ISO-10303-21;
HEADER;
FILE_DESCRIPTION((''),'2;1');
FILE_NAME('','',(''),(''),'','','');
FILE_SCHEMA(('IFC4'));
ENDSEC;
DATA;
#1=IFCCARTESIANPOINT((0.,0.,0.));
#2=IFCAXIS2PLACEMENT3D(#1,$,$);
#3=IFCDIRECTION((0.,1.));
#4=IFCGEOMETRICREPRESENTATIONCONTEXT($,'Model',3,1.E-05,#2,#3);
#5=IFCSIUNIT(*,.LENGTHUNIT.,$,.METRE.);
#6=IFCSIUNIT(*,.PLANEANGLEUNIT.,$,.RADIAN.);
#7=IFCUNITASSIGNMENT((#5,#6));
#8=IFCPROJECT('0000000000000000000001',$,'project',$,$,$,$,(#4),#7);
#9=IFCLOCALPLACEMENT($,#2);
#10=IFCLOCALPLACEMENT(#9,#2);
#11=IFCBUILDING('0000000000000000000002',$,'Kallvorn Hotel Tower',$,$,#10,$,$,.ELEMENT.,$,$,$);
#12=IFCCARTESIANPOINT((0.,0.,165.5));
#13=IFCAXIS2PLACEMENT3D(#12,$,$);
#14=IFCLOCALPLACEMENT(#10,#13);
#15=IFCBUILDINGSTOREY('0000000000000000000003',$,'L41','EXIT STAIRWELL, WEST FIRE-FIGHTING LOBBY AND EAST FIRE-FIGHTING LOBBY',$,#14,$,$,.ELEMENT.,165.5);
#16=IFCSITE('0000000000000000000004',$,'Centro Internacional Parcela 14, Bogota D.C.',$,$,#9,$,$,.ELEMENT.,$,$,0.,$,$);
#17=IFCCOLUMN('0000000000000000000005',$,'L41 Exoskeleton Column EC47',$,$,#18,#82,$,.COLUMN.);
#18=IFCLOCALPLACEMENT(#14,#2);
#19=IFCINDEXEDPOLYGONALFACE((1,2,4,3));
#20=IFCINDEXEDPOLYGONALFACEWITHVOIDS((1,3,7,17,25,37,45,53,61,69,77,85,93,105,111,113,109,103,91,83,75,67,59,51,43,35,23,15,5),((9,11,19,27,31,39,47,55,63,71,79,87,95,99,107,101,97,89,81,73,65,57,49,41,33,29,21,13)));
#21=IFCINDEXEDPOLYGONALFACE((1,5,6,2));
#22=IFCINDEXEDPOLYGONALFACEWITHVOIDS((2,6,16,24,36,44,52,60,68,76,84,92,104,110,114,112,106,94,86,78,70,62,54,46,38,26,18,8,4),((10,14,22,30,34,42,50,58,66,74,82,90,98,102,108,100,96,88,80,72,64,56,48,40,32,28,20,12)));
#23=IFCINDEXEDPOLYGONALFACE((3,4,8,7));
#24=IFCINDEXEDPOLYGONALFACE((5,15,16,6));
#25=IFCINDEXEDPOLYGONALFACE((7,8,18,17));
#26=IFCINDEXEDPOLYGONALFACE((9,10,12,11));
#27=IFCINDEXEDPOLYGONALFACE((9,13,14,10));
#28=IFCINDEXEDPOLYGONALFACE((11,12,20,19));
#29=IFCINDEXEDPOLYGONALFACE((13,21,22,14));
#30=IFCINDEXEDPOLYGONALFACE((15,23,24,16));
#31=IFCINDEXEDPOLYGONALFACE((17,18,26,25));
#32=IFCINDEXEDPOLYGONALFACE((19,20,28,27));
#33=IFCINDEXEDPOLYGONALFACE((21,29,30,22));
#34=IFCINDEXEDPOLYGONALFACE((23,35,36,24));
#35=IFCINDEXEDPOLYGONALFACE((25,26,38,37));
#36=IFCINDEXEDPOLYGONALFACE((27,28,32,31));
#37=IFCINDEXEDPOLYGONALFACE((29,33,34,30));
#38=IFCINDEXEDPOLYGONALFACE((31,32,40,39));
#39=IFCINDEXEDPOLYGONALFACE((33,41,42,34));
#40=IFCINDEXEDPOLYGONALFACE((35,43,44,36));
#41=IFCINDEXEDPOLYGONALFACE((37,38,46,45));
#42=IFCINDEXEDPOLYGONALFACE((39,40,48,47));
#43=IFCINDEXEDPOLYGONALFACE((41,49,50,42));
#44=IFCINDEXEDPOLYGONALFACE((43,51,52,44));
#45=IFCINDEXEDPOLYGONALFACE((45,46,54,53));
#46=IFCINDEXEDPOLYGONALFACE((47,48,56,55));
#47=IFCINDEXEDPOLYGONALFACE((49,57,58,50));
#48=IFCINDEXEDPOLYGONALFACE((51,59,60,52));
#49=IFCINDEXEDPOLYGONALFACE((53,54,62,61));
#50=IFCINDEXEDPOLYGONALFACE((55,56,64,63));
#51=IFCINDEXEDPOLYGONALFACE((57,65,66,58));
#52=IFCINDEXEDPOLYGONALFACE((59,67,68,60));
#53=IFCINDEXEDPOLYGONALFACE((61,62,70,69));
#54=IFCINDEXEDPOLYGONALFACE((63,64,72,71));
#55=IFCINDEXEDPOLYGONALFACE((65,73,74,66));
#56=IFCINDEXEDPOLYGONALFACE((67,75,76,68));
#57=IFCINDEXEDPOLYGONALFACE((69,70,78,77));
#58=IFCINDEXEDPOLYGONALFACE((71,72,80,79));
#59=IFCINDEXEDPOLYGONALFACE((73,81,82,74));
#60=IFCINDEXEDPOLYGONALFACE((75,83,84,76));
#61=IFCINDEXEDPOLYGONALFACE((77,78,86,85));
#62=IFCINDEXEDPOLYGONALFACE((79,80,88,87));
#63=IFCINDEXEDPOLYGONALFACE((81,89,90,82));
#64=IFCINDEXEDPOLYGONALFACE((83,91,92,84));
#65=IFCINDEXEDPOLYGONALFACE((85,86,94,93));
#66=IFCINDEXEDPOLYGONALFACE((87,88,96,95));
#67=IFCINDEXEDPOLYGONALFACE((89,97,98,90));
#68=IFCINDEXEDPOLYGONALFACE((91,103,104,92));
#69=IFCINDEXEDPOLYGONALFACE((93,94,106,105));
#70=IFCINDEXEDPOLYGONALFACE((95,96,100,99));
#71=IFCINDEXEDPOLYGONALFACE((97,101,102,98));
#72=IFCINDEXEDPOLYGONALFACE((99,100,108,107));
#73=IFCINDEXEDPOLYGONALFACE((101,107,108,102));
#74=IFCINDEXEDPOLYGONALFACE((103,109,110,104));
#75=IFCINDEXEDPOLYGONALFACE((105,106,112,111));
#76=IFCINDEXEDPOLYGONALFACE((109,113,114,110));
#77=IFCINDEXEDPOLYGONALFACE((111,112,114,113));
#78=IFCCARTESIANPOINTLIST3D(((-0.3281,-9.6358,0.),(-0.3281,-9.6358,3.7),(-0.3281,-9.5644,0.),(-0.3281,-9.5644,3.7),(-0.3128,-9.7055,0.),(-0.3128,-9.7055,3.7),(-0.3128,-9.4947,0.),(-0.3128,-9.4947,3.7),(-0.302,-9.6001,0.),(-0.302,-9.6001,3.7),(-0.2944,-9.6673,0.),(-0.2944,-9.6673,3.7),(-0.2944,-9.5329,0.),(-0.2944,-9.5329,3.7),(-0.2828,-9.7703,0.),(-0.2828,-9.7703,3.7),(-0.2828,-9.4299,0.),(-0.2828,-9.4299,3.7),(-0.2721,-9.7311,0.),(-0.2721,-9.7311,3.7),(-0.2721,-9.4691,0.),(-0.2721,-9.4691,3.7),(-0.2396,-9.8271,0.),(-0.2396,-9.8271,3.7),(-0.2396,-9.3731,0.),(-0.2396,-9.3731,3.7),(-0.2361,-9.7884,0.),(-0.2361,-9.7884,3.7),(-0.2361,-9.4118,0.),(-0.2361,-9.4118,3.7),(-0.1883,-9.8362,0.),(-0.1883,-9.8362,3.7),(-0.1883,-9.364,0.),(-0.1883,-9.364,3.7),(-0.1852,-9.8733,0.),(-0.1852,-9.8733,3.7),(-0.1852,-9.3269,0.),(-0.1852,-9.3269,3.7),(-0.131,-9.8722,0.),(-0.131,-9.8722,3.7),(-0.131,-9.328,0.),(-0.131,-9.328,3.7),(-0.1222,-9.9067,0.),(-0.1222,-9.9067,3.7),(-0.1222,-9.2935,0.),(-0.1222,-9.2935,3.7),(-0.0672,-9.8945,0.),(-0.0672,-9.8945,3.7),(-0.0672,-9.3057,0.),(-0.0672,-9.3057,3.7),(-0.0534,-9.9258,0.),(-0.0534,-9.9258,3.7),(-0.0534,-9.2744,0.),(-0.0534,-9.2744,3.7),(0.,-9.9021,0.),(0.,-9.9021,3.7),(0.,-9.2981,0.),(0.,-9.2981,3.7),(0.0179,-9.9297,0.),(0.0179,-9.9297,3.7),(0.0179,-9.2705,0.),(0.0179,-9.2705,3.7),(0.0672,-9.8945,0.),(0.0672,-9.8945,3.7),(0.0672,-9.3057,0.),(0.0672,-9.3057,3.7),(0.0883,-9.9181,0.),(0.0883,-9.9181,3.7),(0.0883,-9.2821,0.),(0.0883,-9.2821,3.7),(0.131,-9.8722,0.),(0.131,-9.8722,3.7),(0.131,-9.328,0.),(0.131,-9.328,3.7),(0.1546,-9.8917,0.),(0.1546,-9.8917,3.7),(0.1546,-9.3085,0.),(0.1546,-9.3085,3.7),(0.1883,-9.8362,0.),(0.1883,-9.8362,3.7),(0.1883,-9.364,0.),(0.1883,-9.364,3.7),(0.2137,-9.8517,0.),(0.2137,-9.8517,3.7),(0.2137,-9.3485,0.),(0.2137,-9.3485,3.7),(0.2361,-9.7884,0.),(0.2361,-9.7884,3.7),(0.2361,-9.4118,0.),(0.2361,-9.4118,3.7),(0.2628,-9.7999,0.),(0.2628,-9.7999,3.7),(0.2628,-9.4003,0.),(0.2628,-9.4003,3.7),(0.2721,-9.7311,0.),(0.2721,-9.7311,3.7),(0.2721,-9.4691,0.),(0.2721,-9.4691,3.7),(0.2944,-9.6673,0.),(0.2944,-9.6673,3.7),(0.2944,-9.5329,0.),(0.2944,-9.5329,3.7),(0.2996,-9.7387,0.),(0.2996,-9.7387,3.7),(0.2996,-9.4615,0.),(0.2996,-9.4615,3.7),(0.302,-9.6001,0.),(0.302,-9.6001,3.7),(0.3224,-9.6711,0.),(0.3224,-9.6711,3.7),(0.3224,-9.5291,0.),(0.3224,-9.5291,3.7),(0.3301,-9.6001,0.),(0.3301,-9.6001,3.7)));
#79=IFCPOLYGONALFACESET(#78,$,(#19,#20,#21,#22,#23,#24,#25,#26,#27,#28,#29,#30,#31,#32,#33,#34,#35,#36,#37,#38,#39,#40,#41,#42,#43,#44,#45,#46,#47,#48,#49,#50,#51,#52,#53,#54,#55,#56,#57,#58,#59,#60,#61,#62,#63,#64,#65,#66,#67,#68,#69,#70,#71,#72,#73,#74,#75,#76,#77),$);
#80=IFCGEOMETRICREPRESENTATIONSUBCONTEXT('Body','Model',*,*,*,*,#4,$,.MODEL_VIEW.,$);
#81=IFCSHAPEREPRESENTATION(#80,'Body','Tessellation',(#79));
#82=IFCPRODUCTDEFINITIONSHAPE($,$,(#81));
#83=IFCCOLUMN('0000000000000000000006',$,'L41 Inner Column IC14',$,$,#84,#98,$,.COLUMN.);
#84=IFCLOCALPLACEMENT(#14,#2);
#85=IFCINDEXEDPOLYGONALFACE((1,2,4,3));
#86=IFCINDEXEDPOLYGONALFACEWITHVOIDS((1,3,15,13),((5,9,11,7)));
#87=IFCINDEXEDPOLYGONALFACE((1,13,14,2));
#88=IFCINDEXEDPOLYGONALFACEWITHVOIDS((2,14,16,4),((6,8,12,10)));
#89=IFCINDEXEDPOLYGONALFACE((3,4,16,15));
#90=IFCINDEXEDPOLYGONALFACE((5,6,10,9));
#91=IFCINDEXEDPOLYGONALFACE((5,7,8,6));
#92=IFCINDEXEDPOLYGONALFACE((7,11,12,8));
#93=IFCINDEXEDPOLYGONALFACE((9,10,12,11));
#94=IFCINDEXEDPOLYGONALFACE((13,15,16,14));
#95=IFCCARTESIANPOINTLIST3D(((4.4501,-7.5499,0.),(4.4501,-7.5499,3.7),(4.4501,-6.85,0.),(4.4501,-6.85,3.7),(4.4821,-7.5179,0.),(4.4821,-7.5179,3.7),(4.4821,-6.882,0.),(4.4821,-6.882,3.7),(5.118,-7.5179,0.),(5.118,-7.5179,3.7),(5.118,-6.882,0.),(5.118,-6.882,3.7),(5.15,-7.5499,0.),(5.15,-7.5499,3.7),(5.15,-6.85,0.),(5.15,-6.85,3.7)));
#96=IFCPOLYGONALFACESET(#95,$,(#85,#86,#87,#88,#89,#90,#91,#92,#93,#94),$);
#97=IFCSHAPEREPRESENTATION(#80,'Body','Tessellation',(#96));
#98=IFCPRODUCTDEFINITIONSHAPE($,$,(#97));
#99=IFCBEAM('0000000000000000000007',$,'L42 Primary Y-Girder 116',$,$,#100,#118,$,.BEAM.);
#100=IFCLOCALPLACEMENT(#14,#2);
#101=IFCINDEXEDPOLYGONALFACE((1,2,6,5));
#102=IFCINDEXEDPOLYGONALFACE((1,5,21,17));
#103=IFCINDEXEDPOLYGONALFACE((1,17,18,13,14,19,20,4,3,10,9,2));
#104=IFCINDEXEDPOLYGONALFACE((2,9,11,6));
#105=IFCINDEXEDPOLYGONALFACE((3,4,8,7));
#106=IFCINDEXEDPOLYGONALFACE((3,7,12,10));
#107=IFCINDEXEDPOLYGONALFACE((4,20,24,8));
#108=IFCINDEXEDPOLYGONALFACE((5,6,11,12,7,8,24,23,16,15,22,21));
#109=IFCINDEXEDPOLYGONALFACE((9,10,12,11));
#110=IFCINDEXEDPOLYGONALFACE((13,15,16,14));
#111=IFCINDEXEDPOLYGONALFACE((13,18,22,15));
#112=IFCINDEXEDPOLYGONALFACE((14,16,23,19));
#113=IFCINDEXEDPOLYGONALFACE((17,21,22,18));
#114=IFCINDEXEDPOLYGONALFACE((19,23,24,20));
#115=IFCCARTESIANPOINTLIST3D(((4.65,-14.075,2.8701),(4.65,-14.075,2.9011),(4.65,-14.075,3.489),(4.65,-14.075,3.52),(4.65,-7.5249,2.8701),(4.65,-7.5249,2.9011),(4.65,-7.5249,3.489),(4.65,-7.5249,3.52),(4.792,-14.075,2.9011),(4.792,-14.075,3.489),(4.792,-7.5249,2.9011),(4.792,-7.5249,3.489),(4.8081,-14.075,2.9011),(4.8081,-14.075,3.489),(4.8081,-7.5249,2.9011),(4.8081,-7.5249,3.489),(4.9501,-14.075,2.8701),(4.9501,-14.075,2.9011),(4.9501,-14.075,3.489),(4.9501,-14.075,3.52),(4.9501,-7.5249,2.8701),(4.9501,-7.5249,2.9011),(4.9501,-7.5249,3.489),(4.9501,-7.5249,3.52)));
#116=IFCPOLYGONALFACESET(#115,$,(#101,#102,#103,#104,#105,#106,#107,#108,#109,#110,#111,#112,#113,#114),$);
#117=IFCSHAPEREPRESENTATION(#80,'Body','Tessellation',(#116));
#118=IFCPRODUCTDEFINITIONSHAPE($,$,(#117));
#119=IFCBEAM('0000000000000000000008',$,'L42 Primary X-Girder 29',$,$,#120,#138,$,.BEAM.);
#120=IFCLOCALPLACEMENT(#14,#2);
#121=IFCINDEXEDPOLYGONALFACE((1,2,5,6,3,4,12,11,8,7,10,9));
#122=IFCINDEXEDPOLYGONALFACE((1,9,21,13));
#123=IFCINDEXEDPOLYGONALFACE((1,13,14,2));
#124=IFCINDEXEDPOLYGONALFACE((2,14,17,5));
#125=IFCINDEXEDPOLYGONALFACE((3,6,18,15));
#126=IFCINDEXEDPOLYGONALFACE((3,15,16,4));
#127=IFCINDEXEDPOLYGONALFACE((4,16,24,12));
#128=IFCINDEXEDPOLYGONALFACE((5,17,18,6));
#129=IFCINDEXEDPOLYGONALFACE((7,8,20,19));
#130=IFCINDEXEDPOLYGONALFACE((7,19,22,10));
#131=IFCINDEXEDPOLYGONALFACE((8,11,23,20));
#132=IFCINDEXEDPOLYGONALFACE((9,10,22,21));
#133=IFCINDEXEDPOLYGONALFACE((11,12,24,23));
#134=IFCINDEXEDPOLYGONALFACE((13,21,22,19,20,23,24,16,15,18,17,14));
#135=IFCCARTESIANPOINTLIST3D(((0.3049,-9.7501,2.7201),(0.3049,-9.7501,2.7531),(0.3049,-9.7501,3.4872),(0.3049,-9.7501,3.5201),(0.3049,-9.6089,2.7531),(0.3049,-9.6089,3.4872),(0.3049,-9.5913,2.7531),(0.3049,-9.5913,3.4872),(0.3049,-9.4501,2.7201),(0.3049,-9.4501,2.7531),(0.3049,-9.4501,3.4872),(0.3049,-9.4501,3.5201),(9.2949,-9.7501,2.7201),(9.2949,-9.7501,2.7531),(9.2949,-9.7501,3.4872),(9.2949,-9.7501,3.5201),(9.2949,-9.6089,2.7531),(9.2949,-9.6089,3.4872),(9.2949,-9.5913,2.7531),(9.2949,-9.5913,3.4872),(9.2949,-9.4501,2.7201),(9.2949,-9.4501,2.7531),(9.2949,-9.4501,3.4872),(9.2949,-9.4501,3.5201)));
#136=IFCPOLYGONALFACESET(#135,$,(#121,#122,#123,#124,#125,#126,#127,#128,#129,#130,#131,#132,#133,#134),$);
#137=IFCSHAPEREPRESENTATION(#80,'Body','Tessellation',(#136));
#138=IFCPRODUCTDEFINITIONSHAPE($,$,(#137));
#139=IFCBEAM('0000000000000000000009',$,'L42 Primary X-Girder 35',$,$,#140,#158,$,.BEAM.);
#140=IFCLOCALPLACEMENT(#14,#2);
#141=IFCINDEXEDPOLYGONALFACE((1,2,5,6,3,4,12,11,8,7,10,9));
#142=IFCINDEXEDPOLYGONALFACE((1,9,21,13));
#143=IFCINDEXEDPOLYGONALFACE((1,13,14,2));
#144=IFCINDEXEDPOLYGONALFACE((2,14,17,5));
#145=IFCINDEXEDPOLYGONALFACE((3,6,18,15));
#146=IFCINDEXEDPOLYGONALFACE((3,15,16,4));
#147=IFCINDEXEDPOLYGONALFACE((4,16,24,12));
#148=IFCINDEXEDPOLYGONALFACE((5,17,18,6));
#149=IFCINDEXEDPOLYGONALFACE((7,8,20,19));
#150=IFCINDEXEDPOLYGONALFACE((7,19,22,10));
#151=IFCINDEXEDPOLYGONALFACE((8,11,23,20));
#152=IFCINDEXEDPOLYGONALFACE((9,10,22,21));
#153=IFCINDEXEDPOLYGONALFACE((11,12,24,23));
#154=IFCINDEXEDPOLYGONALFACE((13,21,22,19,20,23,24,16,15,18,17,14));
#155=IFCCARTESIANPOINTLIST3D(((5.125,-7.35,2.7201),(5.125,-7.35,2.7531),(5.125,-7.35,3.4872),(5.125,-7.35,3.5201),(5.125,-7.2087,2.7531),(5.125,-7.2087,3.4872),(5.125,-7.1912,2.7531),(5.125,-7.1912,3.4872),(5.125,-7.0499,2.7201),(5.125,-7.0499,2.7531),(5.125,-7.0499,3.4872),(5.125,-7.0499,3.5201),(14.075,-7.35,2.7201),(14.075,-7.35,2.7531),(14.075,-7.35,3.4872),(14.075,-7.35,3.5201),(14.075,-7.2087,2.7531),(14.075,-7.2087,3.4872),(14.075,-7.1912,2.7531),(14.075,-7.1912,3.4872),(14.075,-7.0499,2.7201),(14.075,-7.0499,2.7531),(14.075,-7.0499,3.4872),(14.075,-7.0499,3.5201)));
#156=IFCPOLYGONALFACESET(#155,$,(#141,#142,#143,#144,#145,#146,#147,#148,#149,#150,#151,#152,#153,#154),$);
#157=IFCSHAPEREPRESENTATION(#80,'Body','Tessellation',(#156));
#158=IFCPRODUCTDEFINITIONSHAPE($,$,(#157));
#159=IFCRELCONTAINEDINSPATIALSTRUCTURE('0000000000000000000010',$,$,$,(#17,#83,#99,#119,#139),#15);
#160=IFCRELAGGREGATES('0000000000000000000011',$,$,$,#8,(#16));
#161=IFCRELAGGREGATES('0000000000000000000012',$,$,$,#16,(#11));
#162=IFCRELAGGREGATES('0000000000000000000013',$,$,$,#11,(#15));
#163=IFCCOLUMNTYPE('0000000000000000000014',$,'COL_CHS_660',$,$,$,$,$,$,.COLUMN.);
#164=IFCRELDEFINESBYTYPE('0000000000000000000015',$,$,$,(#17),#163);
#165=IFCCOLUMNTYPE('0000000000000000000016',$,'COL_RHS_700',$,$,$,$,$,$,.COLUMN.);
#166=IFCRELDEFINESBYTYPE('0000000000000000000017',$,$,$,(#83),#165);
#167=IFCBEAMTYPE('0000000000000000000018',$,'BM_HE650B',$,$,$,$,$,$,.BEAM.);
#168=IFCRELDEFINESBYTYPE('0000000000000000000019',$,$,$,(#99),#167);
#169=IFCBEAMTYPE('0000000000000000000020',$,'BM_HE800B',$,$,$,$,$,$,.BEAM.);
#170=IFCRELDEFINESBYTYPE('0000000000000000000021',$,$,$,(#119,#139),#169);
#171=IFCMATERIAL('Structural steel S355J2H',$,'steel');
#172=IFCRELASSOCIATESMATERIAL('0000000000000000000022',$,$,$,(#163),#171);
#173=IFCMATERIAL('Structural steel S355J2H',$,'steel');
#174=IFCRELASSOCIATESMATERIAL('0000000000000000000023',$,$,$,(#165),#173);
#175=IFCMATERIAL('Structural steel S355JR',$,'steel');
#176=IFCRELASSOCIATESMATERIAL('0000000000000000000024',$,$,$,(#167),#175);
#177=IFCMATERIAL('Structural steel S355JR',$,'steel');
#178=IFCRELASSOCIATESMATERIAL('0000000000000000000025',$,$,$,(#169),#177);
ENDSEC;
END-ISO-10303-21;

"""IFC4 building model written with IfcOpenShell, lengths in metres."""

from ifc_helpers import new_model, si_unit, direction, frame, origin, origin_2d, place, context, subcontext, project, spatial, hollow_rectangle, hollow_circle, i_section, extrude, material, material_profile, profile_set, type_object, element, save


model = new_model("IFC4")

# Units and contexts
model_context = context("Model", 3, precision=1e-05, world=origin(), true_north=direction((0.0, 1.0)))
body_context = subcontext(model_context, "Body", "Model", "MODEL_VIEW")
ifc_project = project(units=[si_unit("LENGTHUNIT", "METRE"), si_unit("PLANEANGLEUNIT", "RADIAN")], contexts=[model_context])

# Site, building, storey
site_placement = place(None, origin())
site = spatial("IfcSite", under=ifc_project, at=site_placement, Name="Centro Internacional Parcela 14, Bogota D.C.", CompositionType="ELEMENT", RefElevation=0.0)
building_placement = place(site_placement, origin())
building = spatial("IfcBuilding", under=site, at=building_placement, Name="Kallvorn Hotel Tower", CompositionType="ELEMENT")
storey_placement = place(building_placement, frame((0.0, 0.0, 165.5)))
storey = spatial("IfcBuildingStorey", under=building, at=storey_placement, Name="L41", Description="EXIT STAIRWELL, WEST FIRE-FIGHTING LOBBY AND EAST FIRE-FIGHTING LOBBY", CompositionType="ELEMENT", Elevation=165.5)

# Columns
ifc_material_1 = material(Name="Structural steel S355J2H", Category="steel")
ifc_material_profile_1 = material_profile(ifc_material_1, hollow_circle(Radius=0.3301, WallThickness=0.0281, at=origin_2d()), Name="CHS 660x28")
ifc_profile_set_1 = profile_set([ifc_material_profile_1], Name="Structural steel S355J2H")
column_type_1 = type_object("IfcColumnType", Name="COL_CHS_660", PredefinedType="COLUMN", material=ifc_profile_set_1)
column_1_placement = place(storey_placement, frame((0.0, -9.6001, 0.0), z_axis=(0.0, 0.0, 1.0), x_axis=(1.0, 0.0, 0.0)))
element("IfcColumn", 1, at=column_1_placement, inside=storey, type_object=column_type_1, Name="L41 Exoskeleton Column EC47", PredefinedType="COLUMN", context=body_context, shape_type="SweptSolid", body=[
    extrude(hollow_circle(Radius=0.3301, WallThickness=0.0281, at=origin_2d()), origin(), (0.0, 0.0, 1.0), 3.7),
])
ifc_material_2 = material(Name="Structural steel S355J2H", Category="steel")
ifc_material_profile_2 = material_profile(ifc_material_2, hollow_rectangle(XDim=0.7, YDim=0.7, WallThickness=0.032, at=origin_2d()), Name="RHS 700x700x32")
ifc_profile_set_2 = profile_set([ifc_material_profile_2], Name="Structural steel S355J2H")
column_type_2 = type_object("IfcColumnType", Name="COL_RHS_700", PredefinedType="COLUMN", material=ifc_profile_set_2)
column_2_placement = place(storey_placement, frame((4.8, -7.2, 0.0), z_axis=(0.0, 0.0, 1.0), x_axis=(1.0, 0.0, 0.0)))
element("IfcColumn", 2, at=column_2_placement, inside=storey, type_object=column_type_2, Name="L41 Inner Column IC14", PredefinedType="COLUMN", context=body_context, shape_type="SweptSolid", body=[
    extrude(hollow_rectangle(XDim=0.7, YDim=0.7, WallThickness=0.032, at=origin_2d()), origin(), (0.0, 0.0, 1.0), 3.7),
])

# Beams
ifc_material_3 = material(Name="Structural steel S355JR", Category="steel")
ifc_material_profile_3 = material_profile(ifc_material_3, i_section(OverallWidth=0.3, OverallDepth=0.6499, WebThickness=0.0161, FlangeThickness=0.031, at=origin_2d()), Name="HE 650 B")
ifc_profile_set_3 = profile_set([ifc_material_profile_3], Name="Structural steel S355JR")
beam_type_1 = type_object("IfcBeamType", Name="BM_HE650B", PredefinedType="BEAM", material=ifc_profile_set_3)
beam_1_placement = place(storey_placement, frame((4.8, -14.075, 3.1951), z_axis=(0.0, 1.0, 0.0), x_axis=(-1.0, 0.0, 0.0)))
element("IfcBeam", 3, at=beam_1_placement, inside=storey, type_object=beam_type_1, Name="L42 Primary Y-Girder 116", PredefinedType="BEAM", context=body_context, shape_type="SweptSolid", body=[
    extrude(i_section(OverallWidth=0.3, OverallDepth=0.6499, WebThickness=0.0161, FlangeThickness=0.031, at=origin_2d()), origin(), (0.0, 0.0, 1.0), 6.55),
])
ifc_material_4 = material(Name="Structural steel S355JR", Category="steel")
ifc_material_profile_4 = material_profile(ifc_material_4, i_section(OverallWidth=0.3, OverallDepth=0.8, WebThickness=0.0176, FlangeThickness=0.033, at=origin_2d()), Name="HE 800 B")
ifc_profile_set_4 = profile_set([ifc_material_profile_4], Name="Structural steel S355JR")
beam_type_2 = type_object("IfcBeamType", Name="BM_HE800B", PredefinedType="BEAM", material=ifc_profile_set_4)
beam_2_placement = place(storey_placement, frame((0.3049, -9.6001, 3.1201), z_axis=(1.0, 0.0, 0.0), x_axis=(0.0, 1.0, 0.0)))
element("IfcBeam", 4, at=beam_2_placement, inside=storey, type_object=beam_type_2, Name="L42 Primary X-Girder 29", PredefinedType="BEAM", context=body_context, shape_type="SweptSolid", body=[
    extrude(i_section(OverallWidth=0.3, OverallDepth=0.8, WebThickness=0.0176, FlangeThickness=0.033, at=origin_2d()), origin(), (0.0, 0.0, 1.0), 8.99),
])
beam_3_placement = place(storey_placement, frame((5.125, -7.2, 3.1201), z_axis=(1.0, 0.0, 0.0), x_axis=(0.0, 1.0, 0.0)))
element("IfcBeam", 5, at=beam_3_placement, inside=storey, type_object=beam_type_2, Name="L42 Primary X-Girder 35", PredefinedType="BEAM", context=body_context, shape_type="SweptSolid", body=[
    extrude(i_section(OverallWidth=0.3, OverallDepth=0.8, WebThickness=0.0176, FlangeThickness=0.033, at=origin_2d()), origin(), (0.0, 0.0, 1.0), 8.95),
])

save(model, "model.ifc")
